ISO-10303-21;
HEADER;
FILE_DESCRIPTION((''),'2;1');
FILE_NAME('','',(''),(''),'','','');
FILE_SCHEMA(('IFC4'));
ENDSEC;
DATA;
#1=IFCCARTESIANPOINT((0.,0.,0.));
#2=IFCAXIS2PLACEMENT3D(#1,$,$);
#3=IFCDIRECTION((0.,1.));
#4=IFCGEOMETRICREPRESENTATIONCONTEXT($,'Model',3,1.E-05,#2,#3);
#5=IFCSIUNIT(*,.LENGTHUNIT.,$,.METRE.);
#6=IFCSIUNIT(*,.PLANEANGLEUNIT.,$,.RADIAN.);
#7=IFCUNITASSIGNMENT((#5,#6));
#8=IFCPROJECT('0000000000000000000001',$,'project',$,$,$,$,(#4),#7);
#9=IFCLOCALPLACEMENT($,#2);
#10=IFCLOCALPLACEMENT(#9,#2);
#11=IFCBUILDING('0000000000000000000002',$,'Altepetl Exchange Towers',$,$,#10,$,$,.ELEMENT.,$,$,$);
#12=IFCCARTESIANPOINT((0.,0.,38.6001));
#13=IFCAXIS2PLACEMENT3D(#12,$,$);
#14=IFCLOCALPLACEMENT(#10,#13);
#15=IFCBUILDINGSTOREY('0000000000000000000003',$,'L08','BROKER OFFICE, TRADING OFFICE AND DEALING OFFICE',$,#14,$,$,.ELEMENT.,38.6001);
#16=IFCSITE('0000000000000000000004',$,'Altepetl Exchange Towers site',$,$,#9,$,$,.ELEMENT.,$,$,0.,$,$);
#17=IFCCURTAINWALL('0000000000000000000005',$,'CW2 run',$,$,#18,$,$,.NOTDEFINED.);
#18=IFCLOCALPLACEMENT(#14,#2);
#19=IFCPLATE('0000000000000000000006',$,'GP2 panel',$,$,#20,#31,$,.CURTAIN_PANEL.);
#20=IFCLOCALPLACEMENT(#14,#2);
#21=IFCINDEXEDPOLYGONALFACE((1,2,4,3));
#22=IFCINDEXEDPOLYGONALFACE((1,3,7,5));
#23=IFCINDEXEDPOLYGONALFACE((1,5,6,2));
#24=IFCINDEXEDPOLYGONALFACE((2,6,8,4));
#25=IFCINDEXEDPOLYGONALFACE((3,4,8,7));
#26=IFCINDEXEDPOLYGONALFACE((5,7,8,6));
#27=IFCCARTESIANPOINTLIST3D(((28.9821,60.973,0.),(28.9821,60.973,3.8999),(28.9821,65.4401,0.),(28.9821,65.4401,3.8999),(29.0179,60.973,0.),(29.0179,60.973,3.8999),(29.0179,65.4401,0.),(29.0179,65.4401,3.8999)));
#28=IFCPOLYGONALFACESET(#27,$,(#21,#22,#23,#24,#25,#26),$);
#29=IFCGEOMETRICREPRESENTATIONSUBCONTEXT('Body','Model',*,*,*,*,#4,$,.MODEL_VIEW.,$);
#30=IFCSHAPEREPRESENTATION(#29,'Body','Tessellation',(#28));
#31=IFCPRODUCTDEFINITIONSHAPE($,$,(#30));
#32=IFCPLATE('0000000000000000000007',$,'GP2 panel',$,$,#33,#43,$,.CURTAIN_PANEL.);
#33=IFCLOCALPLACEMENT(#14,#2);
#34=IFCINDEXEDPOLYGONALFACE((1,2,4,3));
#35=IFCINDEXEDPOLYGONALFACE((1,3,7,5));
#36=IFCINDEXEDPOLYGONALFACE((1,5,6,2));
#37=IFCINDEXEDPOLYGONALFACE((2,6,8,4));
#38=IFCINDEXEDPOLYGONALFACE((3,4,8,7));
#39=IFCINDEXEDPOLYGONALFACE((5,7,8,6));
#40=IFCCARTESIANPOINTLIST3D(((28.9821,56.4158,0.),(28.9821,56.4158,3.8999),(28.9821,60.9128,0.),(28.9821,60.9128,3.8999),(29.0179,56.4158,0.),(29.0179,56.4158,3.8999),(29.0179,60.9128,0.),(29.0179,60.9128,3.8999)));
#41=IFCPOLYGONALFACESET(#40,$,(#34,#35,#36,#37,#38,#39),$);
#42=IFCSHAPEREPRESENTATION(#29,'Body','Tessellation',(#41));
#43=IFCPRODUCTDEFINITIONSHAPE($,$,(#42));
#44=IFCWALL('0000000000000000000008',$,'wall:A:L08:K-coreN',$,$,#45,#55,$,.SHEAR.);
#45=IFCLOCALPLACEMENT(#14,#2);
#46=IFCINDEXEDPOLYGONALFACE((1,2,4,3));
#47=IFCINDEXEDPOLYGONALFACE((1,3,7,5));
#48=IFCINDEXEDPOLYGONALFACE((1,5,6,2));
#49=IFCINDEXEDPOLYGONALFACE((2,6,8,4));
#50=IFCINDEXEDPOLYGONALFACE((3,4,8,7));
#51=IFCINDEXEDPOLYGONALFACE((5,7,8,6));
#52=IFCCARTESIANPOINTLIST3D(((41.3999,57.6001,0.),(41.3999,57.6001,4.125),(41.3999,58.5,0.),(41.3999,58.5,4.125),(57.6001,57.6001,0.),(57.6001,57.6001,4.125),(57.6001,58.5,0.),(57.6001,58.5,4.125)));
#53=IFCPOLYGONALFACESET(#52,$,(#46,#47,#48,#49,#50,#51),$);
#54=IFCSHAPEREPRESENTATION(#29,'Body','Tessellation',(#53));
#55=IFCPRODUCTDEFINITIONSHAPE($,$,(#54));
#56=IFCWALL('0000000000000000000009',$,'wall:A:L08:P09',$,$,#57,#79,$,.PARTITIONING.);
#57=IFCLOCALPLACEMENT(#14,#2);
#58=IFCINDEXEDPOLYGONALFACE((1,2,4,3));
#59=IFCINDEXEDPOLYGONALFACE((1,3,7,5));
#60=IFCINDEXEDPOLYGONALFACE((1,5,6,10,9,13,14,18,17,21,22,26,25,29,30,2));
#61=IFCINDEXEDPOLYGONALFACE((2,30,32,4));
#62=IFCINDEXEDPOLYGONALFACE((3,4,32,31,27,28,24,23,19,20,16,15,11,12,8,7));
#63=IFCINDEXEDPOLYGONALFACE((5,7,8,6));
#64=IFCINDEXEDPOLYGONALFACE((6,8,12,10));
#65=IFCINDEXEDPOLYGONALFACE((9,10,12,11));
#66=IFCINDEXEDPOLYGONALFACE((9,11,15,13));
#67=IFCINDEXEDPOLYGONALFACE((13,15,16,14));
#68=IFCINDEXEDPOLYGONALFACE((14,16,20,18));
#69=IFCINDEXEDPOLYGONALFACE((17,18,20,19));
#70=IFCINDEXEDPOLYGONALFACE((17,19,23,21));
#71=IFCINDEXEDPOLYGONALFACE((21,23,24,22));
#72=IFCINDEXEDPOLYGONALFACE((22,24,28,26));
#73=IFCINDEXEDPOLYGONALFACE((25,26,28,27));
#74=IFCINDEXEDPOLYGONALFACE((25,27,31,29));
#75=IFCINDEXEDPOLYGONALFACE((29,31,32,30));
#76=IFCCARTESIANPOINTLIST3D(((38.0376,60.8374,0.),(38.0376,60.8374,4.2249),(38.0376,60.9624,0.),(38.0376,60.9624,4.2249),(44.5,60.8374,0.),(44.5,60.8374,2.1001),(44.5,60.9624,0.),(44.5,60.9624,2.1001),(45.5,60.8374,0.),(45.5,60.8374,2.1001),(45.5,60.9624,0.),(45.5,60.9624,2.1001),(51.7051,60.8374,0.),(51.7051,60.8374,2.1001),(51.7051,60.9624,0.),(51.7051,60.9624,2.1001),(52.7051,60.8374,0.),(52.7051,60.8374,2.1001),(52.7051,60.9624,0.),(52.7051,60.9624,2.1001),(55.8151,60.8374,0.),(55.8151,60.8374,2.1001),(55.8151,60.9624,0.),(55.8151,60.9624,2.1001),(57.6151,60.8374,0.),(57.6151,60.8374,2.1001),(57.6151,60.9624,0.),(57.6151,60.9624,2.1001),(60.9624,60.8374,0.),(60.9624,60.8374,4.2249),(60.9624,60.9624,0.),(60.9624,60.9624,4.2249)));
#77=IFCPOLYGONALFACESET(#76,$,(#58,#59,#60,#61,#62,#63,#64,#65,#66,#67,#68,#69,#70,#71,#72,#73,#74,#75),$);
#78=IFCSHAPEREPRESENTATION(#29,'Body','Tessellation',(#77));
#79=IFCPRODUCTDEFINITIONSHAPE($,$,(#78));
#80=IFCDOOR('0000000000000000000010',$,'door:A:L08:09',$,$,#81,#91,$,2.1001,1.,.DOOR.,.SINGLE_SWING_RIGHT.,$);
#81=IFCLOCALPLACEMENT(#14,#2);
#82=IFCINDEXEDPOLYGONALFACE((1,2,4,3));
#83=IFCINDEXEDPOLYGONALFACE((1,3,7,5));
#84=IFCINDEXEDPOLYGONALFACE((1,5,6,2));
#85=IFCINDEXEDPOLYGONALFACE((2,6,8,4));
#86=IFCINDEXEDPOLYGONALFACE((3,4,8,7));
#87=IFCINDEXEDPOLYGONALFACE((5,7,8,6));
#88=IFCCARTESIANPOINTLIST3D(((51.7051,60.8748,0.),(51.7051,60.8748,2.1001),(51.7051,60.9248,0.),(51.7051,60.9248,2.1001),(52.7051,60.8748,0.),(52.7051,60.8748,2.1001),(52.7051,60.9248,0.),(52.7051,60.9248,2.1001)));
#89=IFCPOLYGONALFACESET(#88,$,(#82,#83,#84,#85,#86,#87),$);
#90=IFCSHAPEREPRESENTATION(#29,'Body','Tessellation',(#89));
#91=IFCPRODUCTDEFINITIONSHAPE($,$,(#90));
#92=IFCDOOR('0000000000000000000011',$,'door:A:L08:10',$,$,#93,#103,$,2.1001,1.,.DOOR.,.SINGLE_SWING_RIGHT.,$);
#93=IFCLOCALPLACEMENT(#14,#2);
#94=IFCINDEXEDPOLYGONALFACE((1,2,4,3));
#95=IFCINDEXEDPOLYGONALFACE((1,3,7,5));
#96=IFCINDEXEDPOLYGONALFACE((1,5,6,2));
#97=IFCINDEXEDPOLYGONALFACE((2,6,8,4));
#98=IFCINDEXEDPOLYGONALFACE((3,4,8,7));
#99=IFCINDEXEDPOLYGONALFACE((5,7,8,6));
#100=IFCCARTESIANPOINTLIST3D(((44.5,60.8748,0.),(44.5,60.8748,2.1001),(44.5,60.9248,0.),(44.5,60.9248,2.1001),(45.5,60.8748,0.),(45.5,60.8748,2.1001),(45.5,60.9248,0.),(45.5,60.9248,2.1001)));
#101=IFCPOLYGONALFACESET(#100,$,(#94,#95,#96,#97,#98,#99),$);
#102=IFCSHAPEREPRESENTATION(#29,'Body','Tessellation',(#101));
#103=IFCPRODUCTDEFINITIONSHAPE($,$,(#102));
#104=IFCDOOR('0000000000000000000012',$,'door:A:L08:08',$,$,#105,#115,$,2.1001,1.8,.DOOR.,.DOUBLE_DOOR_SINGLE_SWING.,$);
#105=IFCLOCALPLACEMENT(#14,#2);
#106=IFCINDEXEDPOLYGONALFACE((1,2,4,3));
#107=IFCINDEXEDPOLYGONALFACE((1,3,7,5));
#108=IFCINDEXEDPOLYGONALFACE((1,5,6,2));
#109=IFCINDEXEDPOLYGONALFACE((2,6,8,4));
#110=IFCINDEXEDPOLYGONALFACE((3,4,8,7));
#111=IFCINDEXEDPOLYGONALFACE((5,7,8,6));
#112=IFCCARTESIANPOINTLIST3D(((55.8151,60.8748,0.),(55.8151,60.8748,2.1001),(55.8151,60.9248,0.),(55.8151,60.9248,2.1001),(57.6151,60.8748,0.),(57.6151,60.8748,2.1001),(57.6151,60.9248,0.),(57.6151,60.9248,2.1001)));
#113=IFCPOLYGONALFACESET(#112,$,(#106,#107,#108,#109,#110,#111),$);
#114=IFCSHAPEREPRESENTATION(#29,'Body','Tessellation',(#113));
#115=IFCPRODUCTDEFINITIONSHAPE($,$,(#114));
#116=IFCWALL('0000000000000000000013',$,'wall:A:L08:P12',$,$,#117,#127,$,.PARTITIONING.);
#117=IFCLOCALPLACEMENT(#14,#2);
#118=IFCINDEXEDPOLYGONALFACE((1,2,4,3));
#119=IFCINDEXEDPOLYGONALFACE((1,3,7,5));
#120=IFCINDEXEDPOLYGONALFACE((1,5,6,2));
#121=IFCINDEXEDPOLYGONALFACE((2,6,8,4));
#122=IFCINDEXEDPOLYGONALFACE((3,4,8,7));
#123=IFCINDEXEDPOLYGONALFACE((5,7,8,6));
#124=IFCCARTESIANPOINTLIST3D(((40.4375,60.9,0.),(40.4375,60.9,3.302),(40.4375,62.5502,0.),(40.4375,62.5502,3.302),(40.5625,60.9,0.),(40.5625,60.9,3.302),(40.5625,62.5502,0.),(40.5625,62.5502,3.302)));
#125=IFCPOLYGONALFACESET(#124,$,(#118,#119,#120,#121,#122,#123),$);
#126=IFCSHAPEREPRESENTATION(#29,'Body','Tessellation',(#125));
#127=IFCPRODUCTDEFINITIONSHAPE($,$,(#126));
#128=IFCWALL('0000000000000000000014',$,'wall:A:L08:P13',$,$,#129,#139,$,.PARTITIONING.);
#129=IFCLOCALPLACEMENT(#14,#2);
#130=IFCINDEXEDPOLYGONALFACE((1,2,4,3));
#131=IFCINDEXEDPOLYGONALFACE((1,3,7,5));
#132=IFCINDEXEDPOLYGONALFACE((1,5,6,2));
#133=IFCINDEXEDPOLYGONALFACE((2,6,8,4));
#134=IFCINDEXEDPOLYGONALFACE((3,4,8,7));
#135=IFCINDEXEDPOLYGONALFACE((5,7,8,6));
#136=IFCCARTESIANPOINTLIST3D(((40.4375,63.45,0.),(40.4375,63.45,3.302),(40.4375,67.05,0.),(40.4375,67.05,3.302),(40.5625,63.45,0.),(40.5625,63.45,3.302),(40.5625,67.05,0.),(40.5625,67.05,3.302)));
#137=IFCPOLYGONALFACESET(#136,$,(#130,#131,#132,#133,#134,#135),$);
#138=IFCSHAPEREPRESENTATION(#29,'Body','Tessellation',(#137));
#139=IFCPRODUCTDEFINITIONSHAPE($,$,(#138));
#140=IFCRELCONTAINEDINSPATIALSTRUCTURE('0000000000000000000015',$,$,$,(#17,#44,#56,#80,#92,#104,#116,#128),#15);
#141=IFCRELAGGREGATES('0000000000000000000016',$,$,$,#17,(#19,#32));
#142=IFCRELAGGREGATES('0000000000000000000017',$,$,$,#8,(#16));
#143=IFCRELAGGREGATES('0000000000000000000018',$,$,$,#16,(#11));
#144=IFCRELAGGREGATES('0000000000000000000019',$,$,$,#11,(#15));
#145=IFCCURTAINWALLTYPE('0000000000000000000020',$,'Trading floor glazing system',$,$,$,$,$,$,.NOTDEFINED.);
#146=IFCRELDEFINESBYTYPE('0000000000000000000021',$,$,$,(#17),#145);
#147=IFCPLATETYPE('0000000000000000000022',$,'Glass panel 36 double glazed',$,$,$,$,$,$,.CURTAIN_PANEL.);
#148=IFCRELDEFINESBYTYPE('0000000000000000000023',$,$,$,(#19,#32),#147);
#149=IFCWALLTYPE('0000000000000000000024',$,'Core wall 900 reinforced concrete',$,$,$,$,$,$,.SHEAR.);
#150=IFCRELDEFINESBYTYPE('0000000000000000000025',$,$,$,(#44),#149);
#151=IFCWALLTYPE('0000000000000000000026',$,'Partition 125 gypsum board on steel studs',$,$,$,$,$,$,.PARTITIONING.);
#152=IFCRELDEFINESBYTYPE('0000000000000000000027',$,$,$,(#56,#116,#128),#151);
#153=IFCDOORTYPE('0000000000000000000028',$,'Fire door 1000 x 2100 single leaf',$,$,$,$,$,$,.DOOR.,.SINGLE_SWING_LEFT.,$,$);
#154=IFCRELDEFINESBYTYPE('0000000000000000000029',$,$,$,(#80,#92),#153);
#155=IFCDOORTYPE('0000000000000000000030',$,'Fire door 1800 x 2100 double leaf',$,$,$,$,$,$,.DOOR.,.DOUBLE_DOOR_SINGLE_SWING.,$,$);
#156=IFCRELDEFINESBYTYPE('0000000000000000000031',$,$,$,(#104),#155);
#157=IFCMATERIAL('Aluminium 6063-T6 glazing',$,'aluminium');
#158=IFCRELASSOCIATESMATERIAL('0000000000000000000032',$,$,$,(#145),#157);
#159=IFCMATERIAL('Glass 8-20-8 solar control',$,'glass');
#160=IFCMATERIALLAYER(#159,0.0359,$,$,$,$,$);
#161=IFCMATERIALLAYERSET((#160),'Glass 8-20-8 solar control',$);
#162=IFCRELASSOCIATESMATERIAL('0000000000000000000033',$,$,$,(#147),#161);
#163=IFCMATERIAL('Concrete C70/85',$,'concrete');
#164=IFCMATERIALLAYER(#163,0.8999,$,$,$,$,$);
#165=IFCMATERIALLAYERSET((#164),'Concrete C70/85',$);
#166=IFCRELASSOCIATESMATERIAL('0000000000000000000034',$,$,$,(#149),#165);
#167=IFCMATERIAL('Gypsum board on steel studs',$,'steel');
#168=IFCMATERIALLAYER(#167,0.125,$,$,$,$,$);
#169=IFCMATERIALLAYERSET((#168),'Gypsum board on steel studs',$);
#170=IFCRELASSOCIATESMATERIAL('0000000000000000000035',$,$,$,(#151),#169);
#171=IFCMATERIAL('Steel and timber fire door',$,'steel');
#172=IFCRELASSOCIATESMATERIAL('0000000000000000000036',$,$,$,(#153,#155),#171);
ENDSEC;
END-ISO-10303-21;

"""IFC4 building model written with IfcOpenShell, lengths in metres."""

from ifc_helpers import new_model, si_unit, direction, frame, frame_2d, origin, origin_2d, place, context, subcontext, project, spatial, rectangle, extrude, material, layer, layer_set, type_object, element, fill, aggregate, save


model = new_model("IFC4")

# Units and contexts
model_context = context("Model", 3, precision=1e-05, world=origin(), true_north=direction((0.0, 1.0)))
body_context = subcontext(model_context, "Body", "Model", "MODEL_VIEW")
ifc_project = project(units=[si_unit("LENGTHUNIT", "METRE"), si_unit("PLANEANGLEUNIT", "RADIAN")], contexts=[model_context])

# Site, building, storey
site_placement = place(None, origin())
site = spatial("IfcSite", under=ifc_project, at=site_placement, Name="Altepetl Exchange Towers site", CompositionType="ELEMENT", RefElevation=0.0)
building_placement = place(site_placement, origin())
building = spatial("IfcBuilding", under=site, at=building_placement, Name="Altepetl Exchange Towers", CompositionType="ELEMENT")
storey_placement = place(building_placement, frame((0.0, 0.0, 38.6001)))
storey = spatial("IfcBuildingStorey", under=building, at=storey_placement, Name="L08", Description="BROKER OFFICE, TRADING OFFICE AND DEALING OFFICE", CompositionType="ELEMENT", Elevation=38.6001)

# Shared definitions
ifc_material_1 = material(Name="Concrete C70/85", Category="concrete")

# Curtain wall
ifc_material_2 = material(Name="Aluminium 6063-T6 glazing", Category="aluminium")
curtain_wall_type = type_object("IfcCurtainWallType", Name="Trading floor glazing system", PredefinedType="NOTDEFINED", material=ifc_material_2)
curtain_wall_placement = place(storey_placement, origin())
curtain_wall = element("IfcCurtainWall", 1, at=curtain_wall_placement, inside=storey, type_object=curtain_wall_type, Name="CW2 run", PredefinedType="NOTDEFINED")

# Plates
ifc_material_3 = material(Name="Glass 8-20-8 solar control", Category="glass")
ifc_layer_1 = layer(ifc_material_3, 0.0359)
ifc_layer_set_1 = layer_set([ifc_layer_1], Name="Glass 8-20-8 solar control")
plate_type = type_object("IfcPlateType", Name="Glass panel 36 double glazed", PredefinedType="CURTAIN_PANEL", material=ifc_layer_set_1)
plate_1_placement = place(storey_placement, frame((29.0, 63.2065, 0.0), z_axis=(0.0, 0.0, 1.0), x_axis=(0.0, -1.0, 0.0)))
plate_1 = element("IfcPlate", 2, at=plate_1_placement, type_object=plate_type, Name="GP2 panel", PredefinedType="CURTAIN_PANEL", context=body_context, shape_type="SweptSolid", body=[
    extrude(rectangle(XDim=4.467, YDim=0.0359, at=origin_2d()), origin(), (0.0, 0.0, 1.0), 3.8999),
])
plate_2_placement = place(storey_placement, frame((29.0, 58.6643, 0.0), z_axis=(0.0, 0.0, 1.0), x_axis=(0.0, -1.0, 0.0)))
plate_2 = element("IfcPlate", 3, at=plate_2_placement, type_object=plate_type, Name="GP2 panel", PredefinedType="CURTAIN_PANEL", context=body_context, shape_type="SweptSolid", body=[
    extrude(rectangle(XDim=4.4971, YDim=0.0359, at=origin_2d()), origin(), (0.0, 0.0, 1.0), 3.8999),
])
aggregate(curtain_wall, [plate_1, plate_2])

# Wall
ifc_layer_2 = layer(ifc_material_1, 0.8999)
ifc_layer_set_2 = layer_set([ifc_layer_2], Name="Concrete C70/85")
wall_type_1 = type_object("IfcWallType", Name="Core wall 900 reinforced concrete", PredefinedType="SHEAR", material=ifc_layer_set_2)
wall_1_placement = place(storey_placement, frame((41.3999, 58.05, 0.0)))
element("IfcWall", 4, at=wall_1_placement, inside=storey, type_object=wall_type_1, Name="wall:A:L08:K-coreN", PredefinedType="SHEAR", context=body_context, shape_type="SweptSolid", body=[
    extrude(rectangle(XDim=16.2002, YDim=0.8999, at=frame_2d((8.1001, 0.0))), origin(), (0.0, 0.0, 1.0), 4.125),
])

# Wall, openings, doors
ifc_material_4 = material(Name="Gypsum board on steel studs", Category="steel")
ifc_layer_3 = layer(ifc_material_4, 0.125)
ifc_layer_set_3 = layer_set([ifc_layer_3], Name="Gypsum board on steel studs")
wall_type_2 = type_object("IfcWallType", Name="Partition 125 gypsum board on steel studs", PredefinedType="PARTITIONING", material=ifc_layer_set_3)
wall_2_placement = place(storey_placement, frame((38.0376, 60.8999, 0.0)))
wall_2 = element("IfcWall", 5, at=wall_2_placement, inside=storey, type_object=wall_type_2, Name="wall:A:L08:P09", PredefinedType="PARTITIONING", context=body_context, shape_type="SweptSolid", body=[
    extrude(rectangle(XDim=22.9248, YDim=0.125, at=frame_2d((11.4624, 0.0))), origin(), (0.0, 0.0, 1.0), 4.2249),
])
opening_1_placement = place(wall_2_placement, frame((17.7776, 0.0, 0.0)))
opening_1 = element("IfcOpeningElement", 6, at=opening_1_placement, cuts=wall_2, PredefinedType="OPENING", context=body_context, shape_type="SweptSolid", body=[
    extrude(rectangle(XDim=1.8, YDim=2.1001, at=frame_2d((0.8999, 1.05))), frame((0.0, 0.0725, 0.0), z_axis=(0.0, -1.0, 0.0), x_axis=(1.0, 0.0, 0.0)), (0.0, 0.0, 1.0), 0.145),
])
opening_2_placement = place(wall_2_placement, frame((13.6675, 0.0, 0.0)))
opening_2 = element("IfcOpeningElement", 7, at=opening_2_placement, cuts=wall_2, PredefinedType="OPENING", context=body_context, shape_type="SweptSolid", body=[
    extrude(rectangle(XDim=1.0, YDim=2.1001, at=frame_2d((0.5, 1.05))), frame((0.0, 0.0725, 0.0), z_axis=(0.0, -1.0, 0.0), x_axis=(1.0, 0.0, 0.0)), (0.0, 0.0, 1.0), 0.145),
])
opening_3_placement = place(wall_2_placement, frame((6.4624, 0.0, 0.0)))
opening_3 = element("IfcOpeningElement", 8, at=opening_3_placement, cuts=wall_2, PredefinedType="OPENING", context=body_context, shape_type="SweptSolid", body=[
    extrude(rectangle(XDim=1.0, YDim=2.1001, at=frame_2d((0.5, 1.05))), frame((0.0, 0.0725, 0.0), z_axis=(0.0, -1.0, 0.0), x_axis=(1.0, 0.0, 0.0)), (0.0, 0.0, 1.0), 0.145),
])
ifc_material_5 = material(Name="Steel and timber fire door", Category="steel")
door_type_1 = type_object("IfcDoorType", Name="Fire door 1000 x 2100 single leaf", OperationType="SINGLE_SWING_LEFT", PredefinedType="DOOR", material=ifc_material_5)
door_1_placement = place(opening_2_placement, origin())
door_1 = element("IfcDoor", 9, at=door_1_placement, inside=storey, type_object=door_type_1, Name="door:A:L08:09", OperationType="SINGLE_SWING_RIGHT", OverallHeight=2.1001, OverallWidth=1.0, PredefinedType="DOOR", context=body_context, shape_type="SweptSolid", body=[
    extrude(rectangle(XDim=1.0, YDim=2.1001, at=frame_2d((0.5, 1.05))), frame((0.0, 0.0249, 0.0), z_axis=(0.0, -1.0, 0.0), x_axis=(1.0, 0.0, 0.0)), (0.0, 0.0, 1.0), 0.05),
])
fill(opening_2, door_1)
door_2_placement = place(opening_3_placement, origin())
door_2 = element("IfcDoor", 10, at=door_2_placement, inside=storey, type_object=door_type_1, Name="door:A:L08:10", OperationType="SINGLE_SWING_RIGHT", OverallHeight=2.1001, OverallWidth=1.0, PredefinedType="DOOR", context=body_context, shape_type="SweptSolid", body=[
    extrude(rectangle(XDim=1.0, YDim=2.1001, at=frame_2d((0.5, 1.05))), frame((0.0, 0.0249, 0.0), z_axis=(0.0, -1.0, 0.0), x_axis=(1.0, 0.0, 0.0)), (0.0, 0.0, 1.0), 0.05),
])
fill(opening_3, door_2)
door_type_2 = type_object("IfcDoorType", Name="Fire door 1800 x 2100 double leaf", OperationType="DOUBLE_DOOR_SINGLE_SWING", PredefinedType="DOOR", material=ifc_material_5)
door_3_placement = place(opening_1_placement, origin())
door_3 = element("IfcDoor", 11, at=door_3_placement, inside=storey, type_object=door_type_2, Name="door:A:L08:08", OperationType="DOUBLE_DOOR_SINGLE_SWING", OverallHeight=2.1001, OverallWidth=1.8, PredefinedType="DOOR", context=body_context, shape_type="SweptSolid", body=[
    extrude(rectangle(XDim=1.8, YDim=2.1001, at=frame_2d((0.8999, 1.05))), frame((0.0, 0.0249, 0.0), z_axis=(0.0, -1.0, 0.0), x_axis=(1.0, 0.0, 0.0)), (0.0, 0.0, 1.0), 0.05),
])
fill(opening_1, door_3)

# Walls
wall_3_placement = place(storey_placement, frame((40.5, 60.8999, 0.0), z_axis=(0.0, 0.0, 1.0), x_axis=(0.0, 1.0, 0.0)))
element("IfcWall", 12, at=wall_3_placement, inside=storey, type_object=wall_type_2, Name="wall:A:L08:P12", PredefinedType="PARTITIONING", context=body_context, shape_type="SweptSolid", body=[
    extrude(rectangle(XDim=1.6501, YDim=0.125, at=frame_2d((0.8252, 0.0))), origin(), (0.0, 0.0, 1.0), 3.302),
])
wall_4_placement = place(storey_placement, frame((40.5, 63.45, 0.0), z_axis=(0.0, 0.0, 1.0), x_axis=(0.0, 1.0, 0.0)))
element("IfcWall", 13, at=wall_4_placement, inside=storey, type_object=wall_type_2, Name="wall:A:L08:P13", PredefinedType="PARTITIONING", context=body_context, shape_type="SweptSolid", body=[
    extrude(rectangle(XDim=3.6001, YDim=0.125, at=frame_2d((1.8, 0.0))), origin(), (0.0, 0.0, 1.0), 3.302),
])

save(model, "model.ifc")
